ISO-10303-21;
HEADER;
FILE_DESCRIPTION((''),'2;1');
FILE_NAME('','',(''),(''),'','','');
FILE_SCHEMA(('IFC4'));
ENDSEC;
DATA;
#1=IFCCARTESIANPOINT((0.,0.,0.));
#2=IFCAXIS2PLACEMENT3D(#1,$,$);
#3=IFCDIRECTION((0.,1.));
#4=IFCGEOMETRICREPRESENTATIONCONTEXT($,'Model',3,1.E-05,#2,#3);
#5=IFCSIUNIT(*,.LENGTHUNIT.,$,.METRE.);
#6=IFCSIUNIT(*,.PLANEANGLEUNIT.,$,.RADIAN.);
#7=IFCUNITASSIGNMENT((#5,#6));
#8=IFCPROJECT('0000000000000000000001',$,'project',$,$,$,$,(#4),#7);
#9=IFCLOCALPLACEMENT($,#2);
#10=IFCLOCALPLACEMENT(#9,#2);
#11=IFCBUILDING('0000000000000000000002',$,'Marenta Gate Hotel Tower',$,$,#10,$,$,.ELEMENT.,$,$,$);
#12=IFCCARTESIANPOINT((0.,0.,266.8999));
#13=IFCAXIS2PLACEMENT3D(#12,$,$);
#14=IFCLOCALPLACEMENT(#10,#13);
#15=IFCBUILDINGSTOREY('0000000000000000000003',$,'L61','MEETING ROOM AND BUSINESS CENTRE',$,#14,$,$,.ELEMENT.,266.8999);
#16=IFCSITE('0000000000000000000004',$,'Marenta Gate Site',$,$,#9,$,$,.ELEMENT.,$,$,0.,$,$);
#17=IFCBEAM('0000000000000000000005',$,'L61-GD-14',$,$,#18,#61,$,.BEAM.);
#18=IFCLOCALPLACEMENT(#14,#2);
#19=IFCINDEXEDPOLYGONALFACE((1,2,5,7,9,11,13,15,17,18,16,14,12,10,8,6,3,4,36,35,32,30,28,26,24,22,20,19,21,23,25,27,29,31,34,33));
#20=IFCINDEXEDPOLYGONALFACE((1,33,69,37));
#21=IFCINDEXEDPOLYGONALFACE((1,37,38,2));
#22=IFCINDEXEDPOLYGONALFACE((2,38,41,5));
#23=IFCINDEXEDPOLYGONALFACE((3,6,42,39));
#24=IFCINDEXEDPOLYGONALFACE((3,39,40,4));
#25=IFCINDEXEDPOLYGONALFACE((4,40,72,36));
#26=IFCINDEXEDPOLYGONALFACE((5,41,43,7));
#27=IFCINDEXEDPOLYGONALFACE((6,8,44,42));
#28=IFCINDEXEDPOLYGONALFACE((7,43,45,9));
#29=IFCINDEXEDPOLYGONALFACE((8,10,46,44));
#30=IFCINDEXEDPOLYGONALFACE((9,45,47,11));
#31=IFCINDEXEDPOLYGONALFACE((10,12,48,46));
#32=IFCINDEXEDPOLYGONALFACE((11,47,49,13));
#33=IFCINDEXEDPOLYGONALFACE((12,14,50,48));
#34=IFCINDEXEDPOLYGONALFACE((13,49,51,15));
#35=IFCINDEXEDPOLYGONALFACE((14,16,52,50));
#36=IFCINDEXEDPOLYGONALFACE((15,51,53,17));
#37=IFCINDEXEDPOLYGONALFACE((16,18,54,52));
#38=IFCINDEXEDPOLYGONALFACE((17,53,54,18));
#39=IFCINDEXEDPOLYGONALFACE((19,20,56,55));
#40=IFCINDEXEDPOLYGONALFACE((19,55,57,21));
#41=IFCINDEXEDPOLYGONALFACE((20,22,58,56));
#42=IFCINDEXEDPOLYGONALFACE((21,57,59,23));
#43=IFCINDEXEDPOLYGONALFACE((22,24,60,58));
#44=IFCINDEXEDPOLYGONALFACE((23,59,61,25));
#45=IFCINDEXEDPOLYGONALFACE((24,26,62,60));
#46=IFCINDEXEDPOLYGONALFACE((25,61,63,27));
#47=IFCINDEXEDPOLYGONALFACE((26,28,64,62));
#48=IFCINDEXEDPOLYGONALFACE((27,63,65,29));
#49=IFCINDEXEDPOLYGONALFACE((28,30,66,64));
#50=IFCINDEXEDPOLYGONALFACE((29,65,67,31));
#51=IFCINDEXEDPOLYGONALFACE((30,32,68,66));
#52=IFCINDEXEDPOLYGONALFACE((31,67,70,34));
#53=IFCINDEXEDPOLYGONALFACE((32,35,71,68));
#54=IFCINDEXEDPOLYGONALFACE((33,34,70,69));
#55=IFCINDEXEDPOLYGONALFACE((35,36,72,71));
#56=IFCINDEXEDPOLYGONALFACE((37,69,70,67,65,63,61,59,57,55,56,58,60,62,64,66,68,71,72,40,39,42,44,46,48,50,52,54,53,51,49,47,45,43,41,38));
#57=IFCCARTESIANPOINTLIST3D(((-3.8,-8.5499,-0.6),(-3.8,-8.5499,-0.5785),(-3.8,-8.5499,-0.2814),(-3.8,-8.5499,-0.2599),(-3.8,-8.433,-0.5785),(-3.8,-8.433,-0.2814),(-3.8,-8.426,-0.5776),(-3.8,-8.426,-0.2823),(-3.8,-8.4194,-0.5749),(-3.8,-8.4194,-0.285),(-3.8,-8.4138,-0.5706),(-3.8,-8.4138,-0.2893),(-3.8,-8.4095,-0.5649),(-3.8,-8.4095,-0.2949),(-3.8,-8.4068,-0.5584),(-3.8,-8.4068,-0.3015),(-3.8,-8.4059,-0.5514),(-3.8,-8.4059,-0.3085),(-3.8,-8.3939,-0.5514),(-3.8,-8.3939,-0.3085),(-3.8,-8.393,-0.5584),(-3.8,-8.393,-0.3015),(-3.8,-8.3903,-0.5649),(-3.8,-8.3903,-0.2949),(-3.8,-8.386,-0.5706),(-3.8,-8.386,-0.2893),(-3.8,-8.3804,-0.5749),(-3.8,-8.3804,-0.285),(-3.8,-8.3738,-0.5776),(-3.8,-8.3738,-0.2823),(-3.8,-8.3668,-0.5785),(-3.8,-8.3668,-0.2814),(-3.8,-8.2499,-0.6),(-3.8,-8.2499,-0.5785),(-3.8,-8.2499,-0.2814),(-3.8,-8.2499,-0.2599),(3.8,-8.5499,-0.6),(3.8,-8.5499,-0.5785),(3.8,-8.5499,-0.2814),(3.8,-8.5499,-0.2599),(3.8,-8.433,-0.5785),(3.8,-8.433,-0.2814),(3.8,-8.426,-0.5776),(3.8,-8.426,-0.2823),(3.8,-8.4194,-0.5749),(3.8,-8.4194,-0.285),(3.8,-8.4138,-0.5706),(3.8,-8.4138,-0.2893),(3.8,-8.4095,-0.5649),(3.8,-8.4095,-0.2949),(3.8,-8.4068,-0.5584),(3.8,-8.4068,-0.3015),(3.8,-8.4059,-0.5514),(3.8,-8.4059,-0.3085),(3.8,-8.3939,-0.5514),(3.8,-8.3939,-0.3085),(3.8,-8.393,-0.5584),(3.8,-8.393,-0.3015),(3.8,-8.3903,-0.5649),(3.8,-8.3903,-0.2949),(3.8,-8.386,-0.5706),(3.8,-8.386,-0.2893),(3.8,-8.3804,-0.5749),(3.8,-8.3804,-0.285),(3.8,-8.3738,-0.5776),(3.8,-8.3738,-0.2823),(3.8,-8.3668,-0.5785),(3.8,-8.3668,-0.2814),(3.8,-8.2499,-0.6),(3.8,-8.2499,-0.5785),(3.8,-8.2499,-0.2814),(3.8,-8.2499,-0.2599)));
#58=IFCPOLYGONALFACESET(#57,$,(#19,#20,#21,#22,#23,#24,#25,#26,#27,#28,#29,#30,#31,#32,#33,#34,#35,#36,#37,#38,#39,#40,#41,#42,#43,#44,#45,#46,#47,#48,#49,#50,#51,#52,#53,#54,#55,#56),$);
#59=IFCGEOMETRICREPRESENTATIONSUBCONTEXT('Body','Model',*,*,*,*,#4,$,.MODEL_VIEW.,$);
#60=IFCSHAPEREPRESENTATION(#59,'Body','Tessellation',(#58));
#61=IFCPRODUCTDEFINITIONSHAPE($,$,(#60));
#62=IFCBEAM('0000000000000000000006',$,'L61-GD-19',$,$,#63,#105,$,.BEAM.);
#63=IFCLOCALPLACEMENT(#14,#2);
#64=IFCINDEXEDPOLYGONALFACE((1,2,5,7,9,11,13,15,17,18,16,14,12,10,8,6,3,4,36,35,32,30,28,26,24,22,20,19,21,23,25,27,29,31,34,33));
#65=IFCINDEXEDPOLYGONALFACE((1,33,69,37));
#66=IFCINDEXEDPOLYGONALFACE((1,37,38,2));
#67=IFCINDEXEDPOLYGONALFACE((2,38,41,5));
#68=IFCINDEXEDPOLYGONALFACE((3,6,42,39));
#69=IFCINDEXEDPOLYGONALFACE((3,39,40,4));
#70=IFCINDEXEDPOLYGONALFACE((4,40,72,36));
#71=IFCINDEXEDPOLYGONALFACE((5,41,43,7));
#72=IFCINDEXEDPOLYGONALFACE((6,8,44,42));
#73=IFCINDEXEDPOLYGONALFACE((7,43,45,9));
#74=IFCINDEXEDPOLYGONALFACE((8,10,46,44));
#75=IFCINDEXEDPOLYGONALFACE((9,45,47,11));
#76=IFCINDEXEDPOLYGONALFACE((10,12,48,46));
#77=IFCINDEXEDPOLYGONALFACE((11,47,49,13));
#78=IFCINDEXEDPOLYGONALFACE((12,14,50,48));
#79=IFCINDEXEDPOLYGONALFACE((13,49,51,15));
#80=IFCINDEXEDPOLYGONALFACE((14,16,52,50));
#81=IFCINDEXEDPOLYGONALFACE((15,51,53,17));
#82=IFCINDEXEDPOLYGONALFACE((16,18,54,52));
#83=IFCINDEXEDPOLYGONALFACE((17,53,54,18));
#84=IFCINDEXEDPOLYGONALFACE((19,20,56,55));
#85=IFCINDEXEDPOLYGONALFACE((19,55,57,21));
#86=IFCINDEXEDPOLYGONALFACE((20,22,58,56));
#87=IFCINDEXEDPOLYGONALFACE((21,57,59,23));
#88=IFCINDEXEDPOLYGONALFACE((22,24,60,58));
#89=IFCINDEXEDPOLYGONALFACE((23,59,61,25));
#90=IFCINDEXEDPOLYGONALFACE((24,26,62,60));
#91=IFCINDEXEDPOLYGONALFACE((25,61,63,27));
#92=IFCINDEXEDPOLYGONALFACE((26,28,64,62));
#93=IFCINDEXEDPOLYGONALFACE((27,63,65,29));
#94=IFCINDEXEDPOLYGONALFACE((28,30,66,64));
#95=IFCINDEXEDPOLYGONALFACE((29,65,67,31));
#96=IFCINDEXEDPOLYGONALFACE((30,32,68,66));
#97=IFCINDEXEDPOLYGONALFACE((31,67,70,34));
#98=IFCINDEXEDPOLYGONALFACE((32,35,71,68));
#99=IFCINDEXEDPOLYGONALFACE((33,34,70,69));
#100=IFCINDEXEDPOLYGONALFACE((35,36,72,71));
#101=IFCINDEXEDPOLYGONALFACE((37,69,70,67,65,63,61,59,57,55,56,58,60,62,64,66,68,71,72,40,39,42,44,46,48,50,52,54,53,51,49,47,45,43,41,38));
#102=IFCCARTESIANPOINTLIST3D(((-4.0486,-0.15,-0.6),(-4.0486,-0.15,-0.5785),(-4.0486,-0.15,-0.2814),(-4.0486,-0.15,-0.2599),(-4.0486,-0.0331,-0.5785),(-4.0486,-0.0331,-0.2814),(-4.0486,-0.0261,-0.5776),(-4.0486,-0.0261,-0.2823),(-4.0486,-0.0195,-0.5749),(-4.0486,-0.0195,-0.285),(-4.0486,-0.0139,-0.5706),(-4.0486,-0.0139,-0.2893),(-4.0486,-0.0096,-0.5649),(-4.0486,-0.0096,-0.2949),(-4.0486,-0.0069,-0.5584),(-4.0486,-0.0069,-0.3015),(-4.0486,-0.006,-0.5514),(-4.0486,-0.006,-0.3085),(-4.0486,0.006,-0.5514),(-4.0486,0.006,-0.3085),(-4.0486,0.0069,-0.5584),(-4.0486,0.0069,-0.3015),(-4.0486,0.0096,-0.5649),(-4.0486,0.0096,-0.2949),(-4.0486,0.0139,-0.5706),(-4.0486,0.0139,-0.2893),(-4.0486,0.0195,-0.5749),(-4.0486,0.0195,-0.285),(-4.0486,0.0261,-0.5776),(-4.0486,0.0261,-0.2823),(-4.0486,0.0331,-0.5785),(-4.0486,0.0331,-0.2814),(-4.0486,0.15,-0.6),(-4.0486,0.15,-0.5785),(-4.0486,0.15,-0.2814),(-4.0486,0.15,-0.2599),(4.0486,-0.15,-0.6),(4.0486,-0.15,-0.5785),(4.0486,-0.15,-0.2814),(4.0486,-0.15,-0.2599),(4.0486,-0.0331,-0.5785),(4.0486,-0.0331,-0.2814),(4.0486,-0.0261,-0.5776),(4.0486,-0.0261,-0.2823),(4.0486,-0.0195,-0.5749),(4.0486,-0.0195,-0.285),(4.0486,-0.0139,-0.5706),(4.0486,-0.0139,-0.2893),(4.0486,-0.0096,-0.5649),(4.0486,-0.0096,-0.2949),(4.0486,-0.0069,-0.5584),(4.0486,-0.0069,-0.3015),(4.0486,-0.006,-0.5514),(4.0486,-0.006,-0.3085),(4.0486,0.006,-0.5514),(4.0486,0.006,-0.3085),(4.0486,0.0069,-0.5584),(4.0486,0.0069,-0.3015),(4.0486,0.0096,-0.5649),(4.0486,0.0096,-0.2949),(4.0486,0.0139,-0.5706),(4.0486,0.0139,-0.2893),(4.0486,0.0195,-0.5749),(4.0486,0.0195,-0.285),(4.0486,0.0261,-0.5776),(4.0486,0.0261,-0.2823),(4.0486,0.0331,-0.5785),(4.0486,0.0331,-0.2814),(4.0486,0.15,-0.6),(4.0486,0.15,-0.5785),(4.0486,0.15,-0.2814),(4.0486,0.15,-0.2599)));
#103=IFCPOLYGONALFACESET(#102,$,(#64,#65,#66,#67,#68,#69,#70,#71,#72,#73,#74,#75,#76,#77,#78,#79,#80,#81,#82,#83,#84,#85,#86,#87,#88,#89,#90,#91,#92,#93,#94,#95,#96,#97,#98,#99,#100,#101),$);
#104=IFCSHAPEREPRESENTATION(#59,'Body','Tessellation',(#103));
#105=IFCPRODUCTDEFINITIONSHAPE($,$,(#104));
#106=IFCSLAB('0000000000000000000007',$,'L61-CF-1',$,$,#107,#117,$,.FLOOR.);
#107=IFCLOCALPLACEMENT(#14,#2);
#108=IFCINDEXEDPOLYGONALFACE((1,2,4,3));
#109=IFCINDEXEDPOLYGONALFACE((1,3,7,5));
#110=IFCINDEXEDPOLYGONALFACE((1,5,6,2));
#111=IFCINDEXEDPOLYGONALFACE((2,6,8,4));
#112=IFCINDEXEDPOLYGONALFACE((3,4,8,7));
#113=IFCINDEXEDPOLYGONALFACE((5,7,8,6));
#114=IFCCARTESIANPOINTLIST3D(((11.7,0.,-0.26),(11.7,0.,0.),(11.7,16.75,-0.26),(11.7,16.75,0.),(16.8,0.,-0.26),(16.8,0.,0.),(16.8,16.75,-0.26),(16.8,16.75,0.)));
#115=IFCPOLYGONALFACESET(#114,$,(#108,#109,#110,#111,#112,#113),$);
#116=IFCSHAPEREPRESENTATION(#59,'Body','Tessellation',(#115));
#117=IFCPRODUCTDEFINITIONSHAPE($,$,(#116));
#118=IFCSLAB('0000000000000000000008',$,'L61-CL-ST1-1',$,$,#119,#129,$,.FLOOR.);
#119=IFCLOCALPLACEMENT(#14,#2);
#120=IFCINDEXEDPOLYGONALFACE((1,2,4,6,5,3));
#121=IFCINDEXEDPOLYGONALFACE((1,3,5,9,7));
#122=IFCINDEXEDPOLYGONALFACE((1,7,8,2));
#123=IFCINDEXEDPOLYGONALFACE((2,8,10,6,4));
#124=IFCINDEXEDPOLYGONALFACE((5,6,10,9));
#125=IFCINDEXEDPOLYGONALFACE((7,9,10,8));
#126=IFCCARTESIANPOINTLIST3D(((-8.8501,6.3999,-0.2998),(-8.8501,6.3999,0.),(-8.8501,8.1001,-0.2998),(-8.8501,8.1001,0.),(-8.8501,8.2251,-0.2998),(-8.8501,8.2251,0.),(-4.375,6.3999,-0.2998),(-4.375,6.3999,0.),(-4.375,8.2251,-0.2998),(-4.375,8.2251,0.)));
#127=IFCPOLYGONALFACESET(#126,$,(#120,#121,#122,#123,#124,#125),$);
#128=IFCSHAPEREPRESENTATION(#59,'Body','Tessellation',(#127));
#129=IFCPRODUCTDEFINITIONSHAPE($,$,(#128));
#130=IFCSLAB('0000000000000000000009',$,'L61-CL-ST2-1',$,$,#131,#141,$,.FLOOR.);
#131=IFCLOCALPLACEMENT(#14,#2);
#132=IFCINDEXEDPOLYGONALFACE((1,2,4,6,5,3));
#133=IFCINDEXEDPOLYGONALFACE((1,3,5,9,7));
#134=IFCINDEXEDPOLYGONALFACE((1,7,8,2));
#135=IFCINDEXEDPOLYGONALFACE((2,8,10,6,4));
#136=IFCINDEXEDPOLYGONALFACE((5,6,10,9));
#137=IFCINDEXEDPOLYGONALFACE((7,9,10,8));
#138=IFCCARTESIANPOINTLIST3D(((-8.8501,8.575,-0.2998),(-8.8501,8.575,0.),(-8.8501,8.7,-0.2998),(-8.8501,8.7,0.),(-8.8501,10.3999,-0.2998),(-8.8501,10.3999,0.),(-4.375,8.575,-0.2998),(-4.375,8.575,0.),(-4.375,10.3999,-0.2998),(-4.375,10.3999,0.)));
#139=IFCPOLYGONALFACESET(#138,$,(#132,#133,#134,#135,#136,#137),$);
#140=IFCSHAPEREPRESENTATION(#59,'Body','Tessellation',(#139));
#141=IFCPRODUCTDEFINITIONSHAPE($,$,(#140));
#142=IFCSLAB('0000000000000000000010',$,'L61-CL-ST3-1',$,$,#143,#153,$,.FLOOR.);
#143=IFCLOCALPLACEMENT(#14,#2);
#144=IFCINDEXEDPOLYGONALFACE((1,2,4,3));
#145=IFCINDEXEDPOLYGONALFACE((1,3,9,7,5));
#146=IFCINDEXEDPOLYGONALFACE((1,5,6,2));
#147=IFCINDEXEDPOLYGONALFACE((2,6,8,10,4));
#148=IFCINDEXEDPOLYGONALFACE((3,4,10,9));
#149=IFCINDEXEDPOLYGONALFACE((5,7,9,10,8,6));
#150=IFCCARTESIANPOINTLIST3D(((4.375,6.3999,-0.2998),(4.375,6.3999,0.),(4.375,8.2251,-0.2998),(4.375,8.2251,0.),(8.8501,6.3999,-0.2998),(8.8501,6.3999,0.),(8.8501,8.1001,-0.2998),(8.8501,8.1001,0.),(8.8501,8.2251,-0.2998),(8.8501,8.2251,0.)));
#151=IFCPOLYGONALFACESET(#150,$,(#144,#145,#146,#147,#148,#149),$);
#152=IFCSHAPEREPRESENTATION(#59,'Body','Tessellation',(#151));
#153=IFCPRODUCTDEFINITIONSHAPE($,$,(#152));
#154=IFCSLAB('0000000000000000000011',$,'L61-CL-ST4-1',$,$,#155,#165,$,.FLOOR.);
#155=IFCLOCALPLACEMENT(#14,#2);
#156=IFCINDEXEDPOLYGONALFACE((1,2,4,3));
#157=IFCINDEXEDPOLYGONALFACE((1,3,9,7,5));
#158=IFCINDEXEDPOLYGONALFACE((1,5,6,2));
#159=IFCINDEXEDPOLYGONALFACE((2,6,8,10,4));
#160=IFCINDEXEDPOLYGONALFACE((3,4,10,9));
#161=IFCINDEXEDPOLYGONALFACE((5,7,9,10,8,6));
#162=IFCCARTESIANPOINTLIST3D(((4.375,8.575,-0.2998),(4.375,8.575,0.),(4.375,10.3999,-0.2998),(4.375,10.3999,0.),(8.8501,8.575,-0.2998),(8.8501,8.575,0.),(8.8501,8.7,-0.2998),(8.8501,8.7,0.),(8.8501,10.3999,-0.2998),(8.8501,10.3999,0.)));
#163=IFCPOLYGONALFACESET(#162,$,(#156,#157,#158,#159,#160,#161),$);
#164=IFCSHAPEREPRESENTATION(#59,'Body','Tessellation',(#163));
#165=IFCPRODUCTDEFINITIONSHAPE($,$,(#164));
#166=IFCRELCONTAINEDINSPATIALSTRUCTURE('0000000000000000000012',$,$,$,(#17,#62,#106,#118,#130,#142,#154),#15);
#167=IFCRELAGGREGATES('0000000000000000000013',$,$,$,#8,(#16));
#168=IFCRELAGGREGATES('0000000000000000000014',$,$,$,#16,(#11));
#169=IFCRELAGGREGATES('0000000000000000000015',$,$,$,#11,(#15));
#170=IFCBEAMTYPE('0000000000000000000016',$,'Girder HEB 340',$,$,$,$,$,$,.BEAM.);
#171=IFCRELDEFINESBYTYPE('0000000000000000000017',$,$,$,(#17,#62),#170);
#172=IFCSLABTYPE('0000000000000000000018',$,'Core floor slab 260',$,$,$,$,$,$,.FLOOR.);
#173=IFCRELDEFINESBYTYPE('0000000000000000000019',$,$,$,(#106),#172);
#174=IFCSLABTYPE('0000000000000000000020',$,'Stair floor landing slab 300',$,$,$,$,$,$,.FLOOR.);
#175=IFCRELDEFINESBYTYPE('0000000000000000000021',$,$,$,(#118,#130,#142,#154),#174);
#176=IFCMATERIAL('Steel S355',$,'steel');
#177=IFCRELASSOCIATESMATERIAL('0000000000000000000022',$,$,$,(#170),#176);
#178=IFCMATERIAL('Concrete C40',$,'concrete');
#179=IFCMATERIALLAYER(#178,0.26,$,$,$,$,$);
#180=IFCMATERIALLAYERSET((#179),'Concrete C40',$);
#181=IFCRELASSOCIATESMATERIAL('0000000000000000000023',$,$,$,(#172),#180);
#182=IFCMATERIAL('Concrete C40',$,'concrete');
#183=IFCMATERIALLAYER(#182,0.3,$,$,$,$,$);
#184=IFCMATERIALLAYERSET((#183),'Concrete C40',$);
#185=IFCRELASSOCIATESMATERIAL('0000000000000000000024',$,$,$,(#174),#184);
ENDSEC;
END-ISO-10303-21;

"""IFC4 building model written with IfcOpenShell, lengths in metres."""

from ifc_helpers import new_model, si_unit, direction, frame, origin, origin_2d, place, context, subcontext, project, spatial, polyline, i_section, outline, extrude, material, layer, layer_set, material_profile, profile_set, type_object, element, save


model = new_model("IFC4")

# Units and contexts
model_context = context("Model", 3, precision=1e-05, world=origin(), true_north=direction((0.0, 1.0)))
body_context = subcontext(model_context, "Body", "Model", "MODEL_VIEW")
ifc_project = project(units=[si_unit("LENGTHUNIT", "METRE"), si_unit("PLANEANGLEUNIT", "RADIAN")], contexts=[model_context])

# Site, building, storey
site_placement = place(None, origin())
site = spatial("IfcSite", under=ifc_project, at=site_placement, Name="Marenta Gate Site", CompositionType="ELEMENT", RefElevation=0.0)
building_placement = place(site_placement, origin())
building = spatial("IfcBuilding", under=site, at=building_placement, Name="Marenta Gate Hotel Tower", CompositionType="ELEMENT")
storey_placement = place(building_placement, frame((0.0, 0.0, 266.8999)))
storey = spatial("IfcBuildingStorey", under=building, at=storey_placement, Name="L61", Description="MEETING ROOM AND BUSINESS CENTRE", CompositionType="ELEMENT", Elevation=266.8999)

# Beams
ifc_material_1 = material(Name="Steel S355", Category="steel")
ifc_material_profile = material_profile(ifc_material_1, i_section(OverallWidth=0.3, OverallDepth=0.3401, WebThickness=0.012, FlangeThickness=0.0215, FilletRadius=0.0271, at=origin_2d()), Name="HEB 340")
ifc_profile_set = profile_set([ifc_material_profile], Name="Steel S355")
beam_type = type_object("IfcBeamType", Name="Girder HEB 340", PredefinedType="BEAM", material=ifc_profile_set)
beam_1_placement = place(storey_placement, frame((-3.8, -8.3999, -0.4299), z_axis=(1.0, 0.0, 0.0), x_axis=(0.0, 1.0, 0.0)))
element("IfcBeam", 1, at=beam_1_placement, inside=storey, type_object=beam_type, Name="L61-GD-14", PredefinedType="BEAM", context=body_context, shape_type="SweptSolid", body=[
    extrude(i_section(OverallWidth=0.3, OverallDepth=0.3401, WebThickness=0.012, FlangeThickness=0.0215, FilletRadius=0.0271, at=origin_2d()), origin(), (0.0, 0.0, 1.0), 7.6001),
])
beam_2_placement = place(storey_placement, frame((-4.0486, 0.0, -0.4299), z_axis=(1.0, 0.0, 0.0), x_axis=(0.0, 1.0, 0.0)))
element("IfcBeam", 2, at=beam_2_placement, inside=storey, type_object=beam_type, Name="L61-GD-19", PredefinedType="BEAM", context=body_context, shape_type="SweptSolid", body=[
    extrude(i_section(OverallWidth=0.3, OverallDepth=0.3401, WebThickness=0.012, FlangeThickness=0.0215, FilletRadius=0.0271, at=origin_2d()), origin(), (0.0, 0.0, 1.0), 8.0972),
])

# Slabs
ifc_material_2 = material(Name="Concrete C40", Category="concrete")
ifc_layer_1 = layer(ifc_material_2, 0.26)
ifc_layer_set_1 = layer_set([ifc_layer_1], Name="Concrete C40")
slab_type_1 = type_object("IfcSlabType", Name="Core floor slab 260", PredefinedType="FLOOR", material=ifc_layer_set_1)
slab_1_placement = place(storey_placement, frame((0.0, 0.0, -0.26)))
element("IfcSlab", 3, at=slab_1_placement, inside=storey, type_object=slab_type_1, Name="L61-CF-1", PredefinedType="FLOOR", context=body_context, shape_type="SweptSolid", body=[
    extrude(outline(polyline([(11.7, 16.75), (16.8, 16.75), (16.8, 0.0), (11.7, 0.0), (11.7, 16.75)])), origin(), (0.0, 0.0, 1.0), 0.26),
])
ifc_material_3 = material(Name="Concrete C40", Category="concrete")
ifc_layer_2 = layer(ifc_material_3, 0.3)
ifc_layer_set_2 = layer_set([ifc_layer_2], Name="Concrete C40")
slab_type_2 = type_object("IfcSlabType", Name="Stair floor landing slab 300", PredefinedType="FLOOR", material=ifc_layer_set_2)
slab_2_placement = place(storey_placement, frame((0.0, 0.0, -0.2998)))
element("IfcSlab", 4, at=slab_2_placement, inside=storey, type_object=slab_type_2, Name="L61-CL-ST1-1", PredefinedType="FLOOR", context=body_context, shape_type="SweptSolid", body=[
    extrude(outline(polyline([(-4.375, 6.3999), (-8.8501, 6.3999), (-8.8501, 8.1001), (-8.8501, 8.2251), (-4.375, 8.2251), (-4.375, 6.3999)])), origin(), (0.0, 0.0, 1.0), 0.2998),
])
slab_3_placement = place(storey_placement, frame((0.0, 0.0, -0.2998)))
element("IfcSlab", 5, at=slab_3_placement, inside=storey, type_object=slab_type_2, Name="L61-CL-ST2-1", PredefinedType="FLOOR", context=body_context, shape_type="SweptSolid", body=[
    extrude(outline(polyline([(-4.375, 8.575), (-8.8501, 8.575), (-8.8501, 8.7), (-8.8501, 10.3999), (-4.375, 10.3999), (-4.375, 8.575)])), origin(), (0.0, 0.0, 1.0), 0.2998),
])
slab_4_placement = place(storey_placement, frame((0.0, 0.0, -0.2998)))
element("IfcSlab", 6, at=slab_4_placement, inside=storey, type_object=slab_type_2, Name="L61-CL-ST3-1", PredefinedType="FLOOR", context=body_context, shape_type="SweptSolid", body=[
    extrude(outline(polyline([(4.375, 6.3999), (4.375, 8.2251), (8.8501, 8.2251), (8.8501, 8.1001), (8.8501, 6.3999), (4.375, 6.3999)])), origin(), (0.0, 0.0, 1.0), 0.2998),
])
slab_5_placement = place(storey_placement, frame((0.0, 0.0, -0.2998)))
element("IfcSlab", 7, at=slab_5_placement, inside=storey, type_object=slab_type_2, Name="L61-CL-ST4-1", PredefinedType="FLOOR", context=body_context, shape_type="SweptSolid", body=[
    extrude(outline(polyline([(4.375, 8.575), (4.375, 10.3999), (8.8501, 10.3999), (8.8501, 8.7), (8.8501, 8.575), (4.375, 8.575)])), origin(), (0.0, 0.0, 1.0), 0.2998),
])

save(model, "model.ifc")
